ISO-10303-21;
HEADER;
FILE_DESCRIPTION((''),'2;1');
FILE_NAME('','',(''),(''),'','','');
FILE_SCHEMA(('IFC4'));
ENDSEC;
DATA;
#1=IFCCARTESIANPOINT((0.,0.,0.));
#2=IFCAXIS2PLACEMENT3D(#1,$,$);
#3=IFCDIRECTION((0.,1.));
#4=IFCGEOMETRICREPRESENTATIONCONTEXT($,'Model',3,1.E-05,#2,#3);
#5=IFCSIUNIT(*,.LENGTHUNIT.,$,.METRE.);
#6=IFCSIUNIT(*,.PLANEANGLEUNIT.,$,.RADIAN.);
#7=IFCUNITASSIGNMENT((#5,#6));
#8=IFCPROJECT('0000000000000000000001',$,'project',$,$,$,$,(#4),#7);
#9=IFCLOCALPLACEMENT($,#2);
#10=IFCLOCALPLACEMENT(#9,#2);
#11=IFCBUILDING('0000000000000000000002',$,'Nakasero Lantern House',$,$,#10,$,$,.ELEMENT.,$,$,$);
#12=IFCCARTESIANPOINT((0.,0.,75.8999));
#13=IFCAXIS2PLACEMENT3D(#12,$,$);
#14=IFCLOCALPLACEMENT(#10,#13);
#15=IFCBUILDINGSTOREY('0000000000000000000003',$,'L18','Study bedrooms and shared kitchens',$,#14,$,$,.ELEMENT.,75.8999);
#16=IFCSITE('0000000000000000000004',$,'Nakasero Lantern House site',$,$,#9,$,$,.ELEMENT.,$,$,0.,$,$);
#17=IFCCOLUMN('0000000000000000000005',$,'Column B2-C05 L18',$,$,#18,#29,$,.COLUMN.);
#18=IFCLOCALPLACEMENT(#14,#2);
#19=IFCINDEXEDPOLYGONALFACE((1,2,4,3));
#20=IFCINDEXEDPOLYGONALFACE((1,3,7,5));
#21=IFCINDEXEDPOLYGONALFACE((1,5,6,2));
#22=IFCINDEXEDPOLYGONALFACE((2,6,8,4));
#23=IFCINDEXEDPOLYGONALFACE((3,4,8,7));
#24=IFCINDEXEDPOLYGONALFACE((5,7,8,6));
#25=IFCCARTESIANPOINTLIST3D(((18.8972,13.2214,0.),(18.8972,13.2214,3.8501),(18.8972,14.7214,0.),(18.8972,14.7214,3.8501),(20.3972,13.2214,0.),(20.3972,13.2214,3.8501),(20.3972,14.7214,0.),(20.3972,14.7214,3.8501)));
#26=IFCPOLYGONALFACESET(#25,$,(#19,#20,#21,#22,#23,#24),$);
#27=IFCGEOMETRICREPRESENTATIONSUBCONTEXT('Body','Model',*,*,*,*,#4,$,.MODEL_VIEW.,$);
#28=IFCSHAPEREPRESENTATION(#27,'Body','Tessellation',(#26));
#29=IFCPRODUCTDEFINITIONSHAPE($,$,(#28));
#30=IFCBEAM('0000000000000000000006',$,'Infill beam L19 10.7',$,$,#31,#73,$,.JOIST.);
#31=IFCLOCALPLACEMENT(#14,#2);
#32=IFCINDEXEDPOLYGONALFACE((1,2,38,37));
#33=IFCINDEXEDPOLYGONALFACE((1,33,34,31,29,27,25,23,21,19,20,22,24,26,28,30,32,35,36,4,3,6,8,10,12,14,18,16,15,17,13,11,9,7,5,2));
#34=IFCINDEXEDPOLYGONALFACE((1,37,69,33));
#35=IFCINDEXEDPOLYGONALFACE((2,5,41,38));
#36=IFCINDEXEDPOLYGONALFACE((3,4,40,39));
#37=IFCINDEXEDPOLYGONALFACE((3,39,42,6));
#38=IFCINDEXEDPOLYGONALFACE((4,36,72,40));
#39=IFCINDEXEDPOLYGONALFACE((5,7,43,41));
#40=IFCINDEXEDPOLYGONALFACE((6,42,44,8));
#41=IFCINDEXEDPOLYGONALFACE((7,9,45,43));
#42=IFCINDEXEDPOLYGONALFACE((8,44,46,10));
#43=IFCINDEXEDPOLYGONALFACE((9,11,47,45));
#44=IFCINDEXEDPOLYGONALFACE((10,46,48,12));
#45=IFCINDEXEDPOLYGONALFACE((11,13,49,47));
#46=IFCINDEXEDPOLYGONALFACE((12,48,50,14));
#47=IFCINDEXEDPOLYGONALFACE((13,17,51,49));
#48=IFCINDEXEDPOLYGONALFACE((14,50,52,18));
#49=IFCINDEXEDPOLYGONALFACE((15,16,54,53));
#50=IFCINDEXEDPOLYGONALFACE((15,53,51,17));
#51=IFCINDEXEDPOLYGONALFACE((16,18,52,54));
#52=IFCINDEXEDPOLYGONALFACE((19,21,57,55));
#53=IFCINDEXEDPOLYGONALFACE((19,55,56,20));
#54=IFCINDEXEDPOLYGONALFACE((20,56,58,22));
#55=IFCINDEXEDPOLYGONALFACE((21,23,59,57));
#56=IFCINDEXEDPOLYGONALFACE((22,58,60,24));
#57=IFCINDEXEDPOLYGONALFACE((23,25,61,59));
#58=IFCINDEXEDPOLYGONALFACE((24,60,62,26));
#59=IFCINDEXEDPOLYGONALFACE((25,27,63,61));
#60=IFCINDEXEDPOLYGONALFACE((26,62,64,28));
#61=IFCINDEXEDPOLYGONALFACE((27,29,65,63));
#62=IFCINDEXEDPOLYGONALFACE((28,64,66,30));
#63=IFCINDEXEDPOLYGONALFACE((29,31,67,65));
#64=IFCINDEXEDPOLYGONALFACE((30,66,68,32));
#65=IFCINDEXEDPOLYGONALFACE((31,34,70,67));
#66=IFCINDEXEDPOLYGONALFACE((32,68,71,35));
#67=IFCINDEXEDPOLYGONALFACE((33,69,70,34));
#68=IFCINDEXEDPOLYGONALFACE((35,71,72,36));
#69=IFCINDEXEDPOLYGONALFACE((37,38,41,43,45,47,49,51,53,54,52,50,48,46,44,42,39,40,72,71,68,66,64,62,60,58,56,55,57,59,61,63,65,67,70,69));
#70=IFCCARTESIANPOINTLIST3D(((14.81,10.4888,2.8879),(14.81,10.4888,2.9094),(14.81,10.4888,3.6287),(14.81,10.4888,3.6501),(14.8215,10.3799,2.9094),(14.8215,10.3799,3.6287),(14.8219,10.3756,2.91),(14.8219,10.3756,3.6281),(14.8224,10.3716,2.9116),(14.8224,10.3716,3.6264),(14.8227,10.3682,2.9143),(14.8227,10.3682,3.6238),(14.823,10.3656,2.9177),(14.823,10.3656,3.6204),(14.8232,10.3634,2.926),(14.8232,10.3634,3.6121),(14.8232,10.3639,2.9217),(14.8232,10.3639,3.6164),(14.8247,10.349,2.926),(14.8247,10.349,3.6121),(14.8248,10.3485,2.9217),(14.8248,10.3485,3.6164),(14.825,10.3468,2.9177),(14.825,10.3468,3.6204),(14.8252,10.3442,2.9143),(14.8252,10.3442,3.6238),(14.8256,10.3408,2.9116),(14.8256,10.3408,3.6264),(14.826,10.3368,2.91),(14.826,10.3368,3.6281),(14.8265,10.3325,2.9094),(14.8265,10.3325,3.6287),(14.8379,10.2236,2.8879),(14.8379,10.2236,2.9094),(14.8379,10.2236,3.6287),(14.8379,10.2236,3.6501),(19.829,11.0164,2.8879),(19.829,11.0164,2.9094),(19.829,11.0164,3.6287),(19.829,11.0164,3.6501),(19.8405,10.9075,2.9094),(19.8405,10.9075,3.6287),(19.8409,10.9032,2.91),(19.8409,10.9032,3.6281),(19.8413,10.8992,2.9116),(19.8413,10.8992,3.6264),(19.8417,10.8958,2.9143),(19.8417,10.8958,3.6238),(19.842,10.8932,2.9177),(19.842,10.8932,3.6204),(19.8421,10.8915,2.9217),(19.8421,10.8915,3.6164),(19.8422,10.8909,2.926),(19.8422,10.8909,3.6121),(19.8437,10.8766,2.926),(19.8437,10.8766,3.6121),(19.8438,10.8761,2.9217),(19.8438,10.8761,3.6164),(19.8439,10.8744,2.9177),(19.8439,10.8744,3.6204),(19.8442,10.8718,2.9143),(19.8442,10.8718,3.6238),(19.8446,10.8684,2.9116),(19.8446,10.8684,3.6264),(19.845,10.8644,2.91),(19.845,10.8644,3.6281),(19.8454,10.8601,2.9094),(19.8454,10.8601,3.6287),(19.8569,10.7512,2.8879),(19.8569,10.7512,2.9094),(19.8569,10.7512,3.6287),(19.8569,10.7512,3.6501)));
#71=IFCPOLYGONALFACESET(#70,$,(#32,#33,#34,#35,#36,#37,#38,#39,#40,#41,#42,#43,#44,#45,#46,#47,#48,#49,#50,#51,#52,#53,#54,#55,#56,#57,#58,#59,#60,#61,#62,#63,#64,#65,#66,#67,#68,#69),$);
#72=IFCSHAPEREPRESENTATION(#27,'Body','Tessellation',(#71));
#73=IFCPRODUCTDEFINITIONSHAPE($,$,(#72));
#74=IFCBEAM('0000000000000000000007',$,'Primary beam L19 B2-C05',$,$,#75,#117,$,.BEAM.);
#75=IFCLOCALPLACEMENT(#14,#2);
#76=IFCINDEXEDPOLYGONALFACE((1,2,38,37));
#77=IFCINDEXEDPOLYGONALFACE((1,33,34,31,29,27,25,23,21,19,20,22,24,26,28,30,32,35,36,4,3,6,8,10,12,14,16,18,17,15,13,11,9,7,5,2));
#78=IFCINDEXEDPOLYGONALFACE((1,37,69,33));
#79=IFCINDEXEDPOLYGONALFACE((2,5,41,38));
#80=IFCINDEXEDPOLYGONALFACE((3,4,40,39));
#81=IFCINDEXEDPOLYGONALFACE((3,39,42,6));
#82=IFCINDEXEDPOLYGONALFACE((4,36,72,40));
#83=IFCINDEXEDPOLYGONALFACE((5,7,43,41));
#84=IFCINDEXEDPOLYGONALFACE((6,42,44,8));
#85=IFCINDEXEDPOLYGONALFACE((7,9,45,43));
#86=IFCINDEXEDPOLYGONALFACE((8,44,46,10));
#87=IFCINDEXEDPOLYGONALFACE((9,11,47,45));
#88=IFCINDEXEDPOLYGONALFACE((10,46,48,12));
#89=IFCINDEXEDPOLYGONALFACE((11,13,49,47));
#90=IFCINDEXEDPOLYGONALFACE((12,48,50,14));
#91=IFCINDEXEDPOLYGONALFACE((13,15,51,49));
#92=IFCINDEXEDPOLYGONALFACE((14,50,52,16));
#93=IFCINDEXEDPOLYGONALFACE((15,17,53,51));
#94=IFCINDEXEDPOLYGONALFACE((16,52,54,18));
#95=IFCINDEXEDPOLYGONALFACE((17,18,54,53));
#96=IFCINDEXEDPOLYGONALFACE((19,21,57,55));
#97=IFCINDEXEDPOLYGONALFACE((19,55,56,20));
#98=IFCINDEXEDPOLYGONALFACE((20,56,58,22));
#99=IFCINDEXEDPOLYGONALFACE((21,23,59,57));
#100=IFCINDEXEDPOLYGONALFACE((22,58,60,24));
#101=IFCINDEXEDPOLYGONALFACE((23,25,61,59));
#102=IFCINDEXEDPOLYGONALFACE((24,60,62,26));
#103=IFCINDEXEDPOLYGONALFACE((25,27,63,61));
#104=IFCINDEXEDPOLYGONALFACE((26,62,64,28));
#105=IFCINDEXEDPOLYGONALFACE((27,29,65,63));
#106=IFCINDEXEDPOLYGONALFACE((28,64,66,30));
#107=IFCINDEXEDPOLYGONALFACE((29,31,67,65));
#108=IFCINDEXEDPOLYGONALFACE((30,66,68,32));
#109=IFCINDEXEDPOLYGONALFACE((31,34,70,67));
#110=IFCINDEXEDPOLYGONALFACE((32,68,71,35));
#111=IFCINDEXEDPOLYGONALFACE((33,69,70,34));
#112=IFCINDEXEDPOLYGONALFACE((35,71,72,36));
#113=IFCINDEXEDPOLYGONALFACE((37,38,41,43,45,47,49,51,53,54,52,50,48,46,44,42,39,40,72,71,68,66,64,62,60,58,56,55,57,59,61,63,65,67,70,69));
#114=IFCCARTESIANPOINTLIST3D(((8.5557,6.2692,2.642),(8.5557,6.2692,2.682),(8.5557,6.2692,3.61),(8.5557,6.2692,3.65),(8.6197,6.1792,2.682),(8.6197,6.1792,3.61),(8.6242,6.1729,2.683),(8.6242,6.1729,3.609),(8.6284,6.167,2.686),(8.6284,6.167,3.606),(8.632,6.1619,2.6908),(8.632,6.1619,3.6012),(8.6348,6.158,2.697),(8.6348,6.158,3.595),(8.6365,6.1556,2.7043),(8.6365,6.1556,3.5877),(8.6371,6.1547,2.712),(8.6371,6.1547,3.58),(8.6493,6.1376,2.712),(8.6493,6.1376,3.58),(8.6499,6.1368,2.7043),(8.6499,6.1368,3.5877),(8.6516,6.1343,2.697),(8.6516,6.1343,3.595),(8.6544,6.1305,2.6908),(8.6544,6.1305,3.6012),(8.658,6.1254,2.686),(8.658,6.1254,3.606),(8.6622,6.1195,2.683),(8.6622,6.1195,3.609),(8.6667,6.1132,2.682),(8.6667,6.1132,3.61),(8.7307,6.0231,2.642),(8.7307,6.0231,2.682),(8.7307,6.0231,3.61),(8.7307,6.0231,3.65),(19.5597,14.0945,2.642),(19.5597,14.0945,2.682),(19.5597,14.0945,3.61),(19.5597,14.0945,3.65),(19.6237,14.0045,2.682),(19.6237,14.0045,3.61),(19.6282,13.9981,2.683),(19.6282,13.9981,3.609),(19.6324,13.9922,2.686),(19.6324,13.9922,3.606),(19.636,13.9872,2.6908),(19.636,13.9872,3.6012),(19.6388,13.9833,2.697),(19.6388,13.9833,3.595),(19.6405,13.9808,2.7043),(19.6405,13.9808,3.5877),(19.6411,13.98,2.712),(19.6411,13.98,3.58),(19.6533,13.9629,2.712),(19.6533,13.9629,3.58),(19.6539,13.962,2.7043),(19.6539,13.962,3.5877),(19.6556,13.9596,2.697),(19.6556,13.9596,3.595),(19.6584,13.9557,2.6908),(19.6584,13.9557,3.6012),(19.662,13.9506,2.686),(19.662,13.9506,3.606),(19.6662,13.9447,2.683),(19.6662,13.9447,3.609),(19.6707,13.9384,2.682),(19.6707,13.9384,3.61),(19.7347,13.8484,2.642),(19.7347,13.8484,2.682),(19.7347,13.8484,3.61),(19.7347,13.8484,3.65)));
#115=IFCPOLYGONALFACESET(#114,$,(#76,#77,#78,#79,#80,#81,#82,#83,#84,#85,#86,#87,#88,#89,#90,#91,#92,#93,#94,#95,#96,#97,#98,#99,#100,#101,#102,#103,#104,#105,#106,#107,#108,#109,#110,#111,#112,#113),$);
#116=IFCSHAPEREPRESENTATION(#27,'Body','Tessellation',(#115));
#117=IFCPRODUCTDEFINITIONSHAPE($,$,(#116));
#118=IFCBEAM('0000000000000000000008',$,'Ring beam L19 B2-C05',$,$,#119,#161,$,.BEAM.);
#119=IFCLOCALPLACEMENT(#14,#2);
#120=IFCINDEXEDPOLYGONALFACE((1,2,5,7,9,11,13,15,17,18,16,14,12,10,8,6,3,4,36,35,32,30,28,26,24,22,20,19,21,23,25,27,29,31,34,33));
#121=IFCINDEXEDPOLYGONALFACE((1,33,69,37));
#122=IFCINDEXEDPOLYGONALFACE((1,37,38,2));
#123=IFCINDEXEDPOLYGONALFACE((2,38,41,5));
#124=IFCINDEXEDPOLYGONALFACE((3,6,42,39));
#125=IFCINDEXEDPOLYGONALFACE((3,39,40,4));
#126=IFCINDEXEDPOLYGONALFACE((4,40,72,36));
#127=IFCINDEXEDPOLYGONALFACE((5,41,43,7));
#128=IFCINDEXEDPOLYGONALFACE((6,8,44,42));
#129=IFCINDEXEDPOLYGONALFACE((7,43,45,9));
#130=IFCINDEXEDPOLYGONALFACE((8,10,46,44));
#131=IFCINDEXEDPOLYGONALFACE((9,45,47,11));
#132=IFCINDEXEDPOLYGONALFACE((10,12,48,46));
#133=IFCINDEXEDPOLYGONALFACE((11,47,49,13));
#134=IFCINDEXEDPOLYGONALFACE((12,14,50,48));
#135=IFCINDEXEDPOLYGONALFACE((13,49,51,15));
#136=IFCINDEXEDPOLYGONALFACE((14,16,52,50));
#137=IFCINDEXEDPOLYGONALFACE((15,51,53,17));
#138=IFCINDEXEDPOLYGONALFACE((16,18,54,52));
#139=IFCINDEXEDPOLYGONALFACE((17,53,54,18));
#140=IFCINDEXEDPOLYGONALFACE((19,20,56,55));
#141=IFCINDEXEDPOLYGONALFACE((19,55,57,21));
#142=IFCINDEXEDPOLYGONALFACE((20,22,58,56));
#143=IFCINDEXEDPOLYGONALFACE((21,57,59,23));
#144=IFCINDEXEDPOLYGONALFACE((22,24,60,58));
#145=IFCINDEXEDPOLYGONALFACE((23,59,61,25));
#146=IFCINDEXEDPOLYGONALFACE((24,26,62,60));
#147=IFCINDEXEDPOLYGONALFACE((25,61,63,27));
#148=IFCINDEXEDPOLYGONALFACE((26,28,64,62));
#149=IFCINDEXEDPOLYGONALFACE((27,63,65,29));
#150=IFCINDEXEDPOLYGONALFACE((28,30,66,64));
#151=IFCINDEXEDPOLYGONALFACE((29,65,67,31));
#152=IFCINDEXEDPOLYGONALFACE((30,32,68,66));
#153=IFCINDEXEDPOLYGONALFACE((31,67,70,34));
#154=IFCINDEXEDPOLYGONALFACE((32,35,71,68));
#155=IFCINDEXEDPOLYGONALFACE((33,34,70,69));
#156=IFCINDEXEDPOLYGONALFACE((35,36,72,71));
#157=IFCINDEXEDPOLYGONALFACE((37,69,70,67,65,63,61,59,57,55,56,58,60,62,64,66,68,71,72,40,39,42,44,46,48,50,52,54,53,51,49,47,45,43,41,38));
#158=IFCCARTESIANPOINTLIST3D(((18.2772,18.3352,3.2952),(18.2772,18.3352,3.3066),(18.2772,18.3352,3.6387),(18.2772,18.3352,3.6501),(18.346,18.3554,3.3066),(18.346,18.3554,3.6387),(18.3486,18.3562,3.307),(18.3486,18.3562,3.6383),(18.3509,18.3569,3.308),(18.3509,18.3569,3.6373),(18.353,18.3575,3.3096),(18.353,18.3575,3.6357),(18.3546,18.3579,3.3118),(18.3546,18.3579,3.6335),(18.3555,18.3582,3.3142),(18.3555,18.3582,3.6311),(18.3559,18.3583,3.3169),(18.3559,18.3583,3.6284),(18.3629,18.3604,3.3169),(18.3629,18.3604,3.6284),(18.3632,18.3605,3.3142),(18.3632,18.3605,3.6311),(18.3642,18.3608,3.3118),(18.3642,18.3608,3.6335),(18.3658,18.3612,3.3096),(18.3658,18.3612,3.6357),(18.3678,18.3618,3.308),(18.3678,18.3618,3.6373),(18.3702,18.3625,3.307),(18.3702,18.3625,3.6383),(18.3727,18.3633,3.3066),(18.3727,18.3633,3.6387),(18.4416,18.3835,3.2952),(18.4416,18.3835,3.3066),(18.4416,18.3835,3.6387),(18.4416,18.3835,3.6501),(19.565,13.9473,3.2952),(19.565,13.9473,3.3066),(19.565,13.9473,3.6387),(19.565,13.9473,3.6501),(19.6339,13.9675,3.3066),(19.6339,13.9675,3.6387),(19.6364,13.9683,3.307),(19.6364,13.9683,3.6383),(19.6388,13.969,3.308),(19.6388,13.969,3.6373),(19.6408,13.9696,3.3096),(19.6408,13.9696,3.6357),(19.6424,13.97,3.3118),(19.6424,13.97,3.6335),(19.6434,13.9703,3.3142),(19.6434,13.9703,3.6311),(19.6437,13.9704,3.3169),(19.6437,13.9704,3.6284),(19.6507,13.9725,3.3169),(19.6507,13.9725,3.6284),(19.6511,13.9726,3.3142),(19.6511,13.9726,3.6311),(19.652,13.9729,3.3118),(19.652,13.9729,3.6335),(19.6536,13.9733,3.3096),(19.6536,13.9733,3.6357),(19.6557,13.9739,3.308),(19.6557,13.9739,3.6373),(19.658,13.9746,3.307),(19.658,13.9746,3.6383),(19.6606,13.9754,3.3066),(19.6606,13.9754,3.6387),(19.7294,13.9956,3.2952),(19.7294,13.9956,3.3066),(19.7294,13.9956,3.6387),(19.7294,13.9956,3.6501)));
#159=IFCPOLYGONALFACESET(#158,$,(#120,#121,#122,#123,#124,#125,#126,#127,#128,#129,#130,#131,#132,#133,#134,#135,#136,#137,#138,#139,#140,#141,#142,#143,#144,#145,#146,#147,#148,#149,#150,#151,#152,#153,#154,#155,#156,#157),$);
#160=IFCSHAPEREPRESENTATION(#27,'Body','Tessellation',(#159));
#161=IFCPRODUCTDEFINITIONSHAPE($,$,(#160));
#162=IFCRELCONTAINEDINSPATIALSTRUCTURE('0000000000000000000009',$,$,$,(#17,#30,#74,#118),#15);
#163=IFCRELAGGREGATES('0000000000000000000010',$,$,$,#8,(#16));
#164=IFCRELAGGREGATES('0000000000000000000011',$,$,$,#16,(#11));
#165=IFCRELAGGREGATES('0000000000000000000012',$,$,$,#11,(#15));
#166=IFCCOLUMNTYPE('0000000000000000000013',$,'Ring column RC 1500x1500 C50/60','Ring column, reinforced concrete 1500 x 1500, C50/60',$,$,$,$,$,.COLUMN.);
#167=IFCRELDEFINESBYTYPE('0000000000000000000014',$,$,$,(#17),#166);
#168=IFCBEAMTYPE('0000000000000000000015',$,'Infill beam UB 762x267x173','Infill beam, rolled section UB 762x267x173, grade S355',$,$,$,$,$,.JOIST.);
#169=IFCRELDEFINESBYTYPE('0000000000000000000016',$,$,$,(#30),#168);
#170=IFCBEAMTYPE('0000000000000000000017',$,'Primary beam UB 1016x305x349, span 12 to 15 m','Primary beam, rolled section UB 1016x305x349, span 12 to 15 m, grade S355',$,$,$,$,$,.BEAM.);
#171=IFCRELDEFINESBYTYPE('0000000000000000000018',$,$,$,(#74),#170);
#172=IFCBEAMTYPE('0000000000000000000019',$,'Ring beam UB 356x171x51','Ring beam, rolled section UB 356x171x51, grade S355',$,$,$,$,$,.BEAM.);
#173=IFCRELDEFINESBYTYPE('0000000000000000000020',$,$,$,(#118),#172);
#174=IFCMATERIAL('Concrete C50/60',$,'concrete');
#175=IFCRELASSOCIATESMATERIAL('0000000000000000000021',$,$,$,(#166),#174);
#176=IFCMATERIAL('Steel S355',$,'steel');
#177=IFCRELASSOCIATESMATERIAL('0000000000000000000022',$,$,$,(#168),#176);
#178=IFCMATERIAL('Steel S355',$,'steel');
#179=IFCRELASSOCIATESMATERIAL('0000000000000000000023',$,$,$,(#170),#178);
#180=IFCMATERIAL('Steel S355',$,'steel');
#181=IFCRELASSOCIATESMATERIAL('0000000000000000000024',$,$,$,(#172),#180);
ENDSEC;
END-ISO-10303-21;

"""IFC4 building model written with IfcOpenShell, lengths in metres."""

from ifc_helpers import new_model, si_unit, direction, frame, origin, origin_2d, place, context, subcontext, project, spatial, rectangle, i_section, extrude, material, material_profile, profile_set, type_object, element, save


model = new_model("IFC4")

# Units and contexts
model_context = context("Model", 3, precision=1e-05, world=origin(), true_north=direction((0.0, 1.0)))
body_context = subcontext(model_context, "Body", "Model", "MODEL_VIEW")
ifc_project = project(units=[si_unit("LENGTHUNIT", "METRE"), si_unit("PLANEANGLEUNIT", "RADIAN")], contexts=[model_context])

# Site, building, storey
site_placement = place(None, origin())
site = spatial("IfcSite", under=ifc_project, at=site_placement, Name="Nakasero Lantern House site", CompositionType="ELEMENT", RefElevation=0.0)
building_placement = place(site_placement, origin())
building = spatial("IfcBuilding", under=site, at=building_placement, Name="Nakasero Lantern House", CompositionType="ELEMENT")
storey_placement = place(building_placement, frame((0.0, 0.0, 75.8999)))
storey = spatial("IfcBuildingStorey", under=building, at=storey_placement, Name="L18", Description="Study bedrooms and shared kitchens", CompositionType="ELEMENT", Elevation=75.8999)

# Column
ifc_material_1 = material(Name="Concrete C50/60", Category="concrete")
ifc_material_profile_1 = material_profile(ifc_material_1, rectangle(XDim=1.5, YDim=1.5, at=origin_2d()), Name="RC 1500x1500")
ifc_profile_set_1 = profile_set([ifc_material_profile_1], Name="Concrete C50/60")
column_type = type_object("IfcColumnType", Name="Ring column RC 1500x1500 C50/60", Description="Ring column, reinforced concrete 1500 x 1500, C50/60", PredefinedType="COLUMN", material=ifc_profile_set_1)
column_placement = place(storey_placement, frame((19.6472, 13.9714, 0.0), z_axis=(0.0, 0.0, 1.0), x_axis=(1.0, 0.0, 0.0)))
element("IfcColumn", 1, at=column_placement, inside=storey, type_object=column_type, Name="Column B2-C05 L18", PredefinedType="COLUMN", context=body_context, shape_type="SweptSolid", body=[
    extrude(rectangle(XDim=1.5, YDim=1.5, at=origin_2d()), origin(), (0.0, 0.0, 1.0), 3.8501),
])

# Beams
ifc_material_2 = material(Name="Steel S355", Category="steel")
ifc_material_profile_2 = material_profile(ifc_material_2, i_section(OverallWidth=0.2666, OverallDepth=0.7622, WebThickness=0.0144, FlangeThickness=0.0215, FilletRadius=0.0166, at=origin_2d()), Name="UB 762x267x173")
ifc_profile_set_2 = profile_set([ifc_material_profile_2], Name="Steel S355")
beam_type_1 = type_object("IfcBeamType", Name="Infill beam UB 762x267x173", Description="Infill beam, rolled section UB 762x267x173, grade S355", PredefinedType="JOIST", material=ifc_profile_set_2)
beam_1_placement = place(storey_placement, frame((14.824, 10.3562, 3.269), z_axis=(0.994521, 0.104541, 0.0), x_axis=(-0.104541, 0.994521, 0.0)))
element("IfcBeam", 2, at=beam_1_placement, inside=storey, type_object=beam_type_1, Name="Infill beam L19 10.7", PredefinedType="JOIST", context=body_context, shape_type="SweptSolid", body=[
    extrude(i_section(OverallWidth=0.2666, OverallDepth=0.7622, WebThickness=0.0144, FlangeThickness=0.0215, FilletRadius=0.0166, at=origin_2d()), origin(), (0.0, 0.0, 1.0), 5.0466),
])
ifc_material_3 = material(Name="Steel S355", Category="steel")
ifc_material_profile_3 = material_profile(ifc_material_3, i_section(OverallWidth=0.302, OverallDepth=1.0081, WebThickness=0.021, FlangeThickness=0.04, FilletRadius=0.03, at=origin_2d()), Name="UB 1016x305x349")
ifc_profile_set_3 = profile_set([ifc_material_profile_3], Name="Steel S355")
beam_type_2 = type_object("IfcBeamType", Name="Primary beam UB 1016x305x349, span 12 to 15 m", Description="Primary beam, rolled section UB 1016x305x349, span 12 to 15 m, grade S355", PredefinedType="BEAM", material=ifc_profile_set_3)
beam_2_placement = place(storey_placement, frame((19.6472, 13.9714, 3.146), z_axis=(-0.814948, -0.579533, 0.0), x_axis=(0.579533, -0.814948, 0.0)))
element("IfcBeam", 3, at=beam_2_placement, inside=storey, type_object=beam_type_2, Name="Primary beam L19 B2-C05", PredefinedType="BEAM", context=body_context, shape_type="SweptSolid", body=[
    extrude(i_section(OverallWidth=0.302, OverallDepth=1.0081, WebThickness=0.021, FlangeThickness=0.04, FilletRadius=0.03, at=origin_2d()), origin(), (0.0, 0.0, 1.0), 13.5027),
])
ifc_material_4 = material(Name="Steel S355", Category="steel")
ifc_material_profile_4 = material_profile(ifc_material_4, i_section(OverallWidth=0.1714, OverallDepth=0.355, WebThickness=0.0073, FlangeThickness=0.0115, FilletRadius=0.0103, at=origin_2d()), Name="UB 356x171x51")
ifc_profile_set_4 = profile_set([ifc_material_profile_4], Name="Steel S355")
beam_type_3 = type_object("IfcBeamType", Name="Ring beam UB 356x171x51", Description="Ring beam, rolled section UB 356x171x51, grade S355", PredefinedType="BEAM", material=ifc_profile_set_4)
beam_3_placement = place(storey_placement, frame((19.6472, 13.9714, 3.4727), z_axis=(-0.281617, 0.959527, 0.0), x_axis=(-0.959527, -0.281617, 0.0)))
element("IfcBeam", 4, at=beam_3_placement, inside=storey, type_object=beam_type_3, Name="Ring beam L19 B2-C05", PredefinedType="BEAM", context=body_context, shape_type="SweptSolid", body=[
    extrude(i_section(OverallWidth=0.1714, OverallDepth=0.355, WebThickness=0.0073, FlangeThickness=0.0115, FilletRadius=0.0103, at=origin_2d()), origin(), (0.0, 0.0, 1.0), 4.573),
])

save(model, "model.ifc")
